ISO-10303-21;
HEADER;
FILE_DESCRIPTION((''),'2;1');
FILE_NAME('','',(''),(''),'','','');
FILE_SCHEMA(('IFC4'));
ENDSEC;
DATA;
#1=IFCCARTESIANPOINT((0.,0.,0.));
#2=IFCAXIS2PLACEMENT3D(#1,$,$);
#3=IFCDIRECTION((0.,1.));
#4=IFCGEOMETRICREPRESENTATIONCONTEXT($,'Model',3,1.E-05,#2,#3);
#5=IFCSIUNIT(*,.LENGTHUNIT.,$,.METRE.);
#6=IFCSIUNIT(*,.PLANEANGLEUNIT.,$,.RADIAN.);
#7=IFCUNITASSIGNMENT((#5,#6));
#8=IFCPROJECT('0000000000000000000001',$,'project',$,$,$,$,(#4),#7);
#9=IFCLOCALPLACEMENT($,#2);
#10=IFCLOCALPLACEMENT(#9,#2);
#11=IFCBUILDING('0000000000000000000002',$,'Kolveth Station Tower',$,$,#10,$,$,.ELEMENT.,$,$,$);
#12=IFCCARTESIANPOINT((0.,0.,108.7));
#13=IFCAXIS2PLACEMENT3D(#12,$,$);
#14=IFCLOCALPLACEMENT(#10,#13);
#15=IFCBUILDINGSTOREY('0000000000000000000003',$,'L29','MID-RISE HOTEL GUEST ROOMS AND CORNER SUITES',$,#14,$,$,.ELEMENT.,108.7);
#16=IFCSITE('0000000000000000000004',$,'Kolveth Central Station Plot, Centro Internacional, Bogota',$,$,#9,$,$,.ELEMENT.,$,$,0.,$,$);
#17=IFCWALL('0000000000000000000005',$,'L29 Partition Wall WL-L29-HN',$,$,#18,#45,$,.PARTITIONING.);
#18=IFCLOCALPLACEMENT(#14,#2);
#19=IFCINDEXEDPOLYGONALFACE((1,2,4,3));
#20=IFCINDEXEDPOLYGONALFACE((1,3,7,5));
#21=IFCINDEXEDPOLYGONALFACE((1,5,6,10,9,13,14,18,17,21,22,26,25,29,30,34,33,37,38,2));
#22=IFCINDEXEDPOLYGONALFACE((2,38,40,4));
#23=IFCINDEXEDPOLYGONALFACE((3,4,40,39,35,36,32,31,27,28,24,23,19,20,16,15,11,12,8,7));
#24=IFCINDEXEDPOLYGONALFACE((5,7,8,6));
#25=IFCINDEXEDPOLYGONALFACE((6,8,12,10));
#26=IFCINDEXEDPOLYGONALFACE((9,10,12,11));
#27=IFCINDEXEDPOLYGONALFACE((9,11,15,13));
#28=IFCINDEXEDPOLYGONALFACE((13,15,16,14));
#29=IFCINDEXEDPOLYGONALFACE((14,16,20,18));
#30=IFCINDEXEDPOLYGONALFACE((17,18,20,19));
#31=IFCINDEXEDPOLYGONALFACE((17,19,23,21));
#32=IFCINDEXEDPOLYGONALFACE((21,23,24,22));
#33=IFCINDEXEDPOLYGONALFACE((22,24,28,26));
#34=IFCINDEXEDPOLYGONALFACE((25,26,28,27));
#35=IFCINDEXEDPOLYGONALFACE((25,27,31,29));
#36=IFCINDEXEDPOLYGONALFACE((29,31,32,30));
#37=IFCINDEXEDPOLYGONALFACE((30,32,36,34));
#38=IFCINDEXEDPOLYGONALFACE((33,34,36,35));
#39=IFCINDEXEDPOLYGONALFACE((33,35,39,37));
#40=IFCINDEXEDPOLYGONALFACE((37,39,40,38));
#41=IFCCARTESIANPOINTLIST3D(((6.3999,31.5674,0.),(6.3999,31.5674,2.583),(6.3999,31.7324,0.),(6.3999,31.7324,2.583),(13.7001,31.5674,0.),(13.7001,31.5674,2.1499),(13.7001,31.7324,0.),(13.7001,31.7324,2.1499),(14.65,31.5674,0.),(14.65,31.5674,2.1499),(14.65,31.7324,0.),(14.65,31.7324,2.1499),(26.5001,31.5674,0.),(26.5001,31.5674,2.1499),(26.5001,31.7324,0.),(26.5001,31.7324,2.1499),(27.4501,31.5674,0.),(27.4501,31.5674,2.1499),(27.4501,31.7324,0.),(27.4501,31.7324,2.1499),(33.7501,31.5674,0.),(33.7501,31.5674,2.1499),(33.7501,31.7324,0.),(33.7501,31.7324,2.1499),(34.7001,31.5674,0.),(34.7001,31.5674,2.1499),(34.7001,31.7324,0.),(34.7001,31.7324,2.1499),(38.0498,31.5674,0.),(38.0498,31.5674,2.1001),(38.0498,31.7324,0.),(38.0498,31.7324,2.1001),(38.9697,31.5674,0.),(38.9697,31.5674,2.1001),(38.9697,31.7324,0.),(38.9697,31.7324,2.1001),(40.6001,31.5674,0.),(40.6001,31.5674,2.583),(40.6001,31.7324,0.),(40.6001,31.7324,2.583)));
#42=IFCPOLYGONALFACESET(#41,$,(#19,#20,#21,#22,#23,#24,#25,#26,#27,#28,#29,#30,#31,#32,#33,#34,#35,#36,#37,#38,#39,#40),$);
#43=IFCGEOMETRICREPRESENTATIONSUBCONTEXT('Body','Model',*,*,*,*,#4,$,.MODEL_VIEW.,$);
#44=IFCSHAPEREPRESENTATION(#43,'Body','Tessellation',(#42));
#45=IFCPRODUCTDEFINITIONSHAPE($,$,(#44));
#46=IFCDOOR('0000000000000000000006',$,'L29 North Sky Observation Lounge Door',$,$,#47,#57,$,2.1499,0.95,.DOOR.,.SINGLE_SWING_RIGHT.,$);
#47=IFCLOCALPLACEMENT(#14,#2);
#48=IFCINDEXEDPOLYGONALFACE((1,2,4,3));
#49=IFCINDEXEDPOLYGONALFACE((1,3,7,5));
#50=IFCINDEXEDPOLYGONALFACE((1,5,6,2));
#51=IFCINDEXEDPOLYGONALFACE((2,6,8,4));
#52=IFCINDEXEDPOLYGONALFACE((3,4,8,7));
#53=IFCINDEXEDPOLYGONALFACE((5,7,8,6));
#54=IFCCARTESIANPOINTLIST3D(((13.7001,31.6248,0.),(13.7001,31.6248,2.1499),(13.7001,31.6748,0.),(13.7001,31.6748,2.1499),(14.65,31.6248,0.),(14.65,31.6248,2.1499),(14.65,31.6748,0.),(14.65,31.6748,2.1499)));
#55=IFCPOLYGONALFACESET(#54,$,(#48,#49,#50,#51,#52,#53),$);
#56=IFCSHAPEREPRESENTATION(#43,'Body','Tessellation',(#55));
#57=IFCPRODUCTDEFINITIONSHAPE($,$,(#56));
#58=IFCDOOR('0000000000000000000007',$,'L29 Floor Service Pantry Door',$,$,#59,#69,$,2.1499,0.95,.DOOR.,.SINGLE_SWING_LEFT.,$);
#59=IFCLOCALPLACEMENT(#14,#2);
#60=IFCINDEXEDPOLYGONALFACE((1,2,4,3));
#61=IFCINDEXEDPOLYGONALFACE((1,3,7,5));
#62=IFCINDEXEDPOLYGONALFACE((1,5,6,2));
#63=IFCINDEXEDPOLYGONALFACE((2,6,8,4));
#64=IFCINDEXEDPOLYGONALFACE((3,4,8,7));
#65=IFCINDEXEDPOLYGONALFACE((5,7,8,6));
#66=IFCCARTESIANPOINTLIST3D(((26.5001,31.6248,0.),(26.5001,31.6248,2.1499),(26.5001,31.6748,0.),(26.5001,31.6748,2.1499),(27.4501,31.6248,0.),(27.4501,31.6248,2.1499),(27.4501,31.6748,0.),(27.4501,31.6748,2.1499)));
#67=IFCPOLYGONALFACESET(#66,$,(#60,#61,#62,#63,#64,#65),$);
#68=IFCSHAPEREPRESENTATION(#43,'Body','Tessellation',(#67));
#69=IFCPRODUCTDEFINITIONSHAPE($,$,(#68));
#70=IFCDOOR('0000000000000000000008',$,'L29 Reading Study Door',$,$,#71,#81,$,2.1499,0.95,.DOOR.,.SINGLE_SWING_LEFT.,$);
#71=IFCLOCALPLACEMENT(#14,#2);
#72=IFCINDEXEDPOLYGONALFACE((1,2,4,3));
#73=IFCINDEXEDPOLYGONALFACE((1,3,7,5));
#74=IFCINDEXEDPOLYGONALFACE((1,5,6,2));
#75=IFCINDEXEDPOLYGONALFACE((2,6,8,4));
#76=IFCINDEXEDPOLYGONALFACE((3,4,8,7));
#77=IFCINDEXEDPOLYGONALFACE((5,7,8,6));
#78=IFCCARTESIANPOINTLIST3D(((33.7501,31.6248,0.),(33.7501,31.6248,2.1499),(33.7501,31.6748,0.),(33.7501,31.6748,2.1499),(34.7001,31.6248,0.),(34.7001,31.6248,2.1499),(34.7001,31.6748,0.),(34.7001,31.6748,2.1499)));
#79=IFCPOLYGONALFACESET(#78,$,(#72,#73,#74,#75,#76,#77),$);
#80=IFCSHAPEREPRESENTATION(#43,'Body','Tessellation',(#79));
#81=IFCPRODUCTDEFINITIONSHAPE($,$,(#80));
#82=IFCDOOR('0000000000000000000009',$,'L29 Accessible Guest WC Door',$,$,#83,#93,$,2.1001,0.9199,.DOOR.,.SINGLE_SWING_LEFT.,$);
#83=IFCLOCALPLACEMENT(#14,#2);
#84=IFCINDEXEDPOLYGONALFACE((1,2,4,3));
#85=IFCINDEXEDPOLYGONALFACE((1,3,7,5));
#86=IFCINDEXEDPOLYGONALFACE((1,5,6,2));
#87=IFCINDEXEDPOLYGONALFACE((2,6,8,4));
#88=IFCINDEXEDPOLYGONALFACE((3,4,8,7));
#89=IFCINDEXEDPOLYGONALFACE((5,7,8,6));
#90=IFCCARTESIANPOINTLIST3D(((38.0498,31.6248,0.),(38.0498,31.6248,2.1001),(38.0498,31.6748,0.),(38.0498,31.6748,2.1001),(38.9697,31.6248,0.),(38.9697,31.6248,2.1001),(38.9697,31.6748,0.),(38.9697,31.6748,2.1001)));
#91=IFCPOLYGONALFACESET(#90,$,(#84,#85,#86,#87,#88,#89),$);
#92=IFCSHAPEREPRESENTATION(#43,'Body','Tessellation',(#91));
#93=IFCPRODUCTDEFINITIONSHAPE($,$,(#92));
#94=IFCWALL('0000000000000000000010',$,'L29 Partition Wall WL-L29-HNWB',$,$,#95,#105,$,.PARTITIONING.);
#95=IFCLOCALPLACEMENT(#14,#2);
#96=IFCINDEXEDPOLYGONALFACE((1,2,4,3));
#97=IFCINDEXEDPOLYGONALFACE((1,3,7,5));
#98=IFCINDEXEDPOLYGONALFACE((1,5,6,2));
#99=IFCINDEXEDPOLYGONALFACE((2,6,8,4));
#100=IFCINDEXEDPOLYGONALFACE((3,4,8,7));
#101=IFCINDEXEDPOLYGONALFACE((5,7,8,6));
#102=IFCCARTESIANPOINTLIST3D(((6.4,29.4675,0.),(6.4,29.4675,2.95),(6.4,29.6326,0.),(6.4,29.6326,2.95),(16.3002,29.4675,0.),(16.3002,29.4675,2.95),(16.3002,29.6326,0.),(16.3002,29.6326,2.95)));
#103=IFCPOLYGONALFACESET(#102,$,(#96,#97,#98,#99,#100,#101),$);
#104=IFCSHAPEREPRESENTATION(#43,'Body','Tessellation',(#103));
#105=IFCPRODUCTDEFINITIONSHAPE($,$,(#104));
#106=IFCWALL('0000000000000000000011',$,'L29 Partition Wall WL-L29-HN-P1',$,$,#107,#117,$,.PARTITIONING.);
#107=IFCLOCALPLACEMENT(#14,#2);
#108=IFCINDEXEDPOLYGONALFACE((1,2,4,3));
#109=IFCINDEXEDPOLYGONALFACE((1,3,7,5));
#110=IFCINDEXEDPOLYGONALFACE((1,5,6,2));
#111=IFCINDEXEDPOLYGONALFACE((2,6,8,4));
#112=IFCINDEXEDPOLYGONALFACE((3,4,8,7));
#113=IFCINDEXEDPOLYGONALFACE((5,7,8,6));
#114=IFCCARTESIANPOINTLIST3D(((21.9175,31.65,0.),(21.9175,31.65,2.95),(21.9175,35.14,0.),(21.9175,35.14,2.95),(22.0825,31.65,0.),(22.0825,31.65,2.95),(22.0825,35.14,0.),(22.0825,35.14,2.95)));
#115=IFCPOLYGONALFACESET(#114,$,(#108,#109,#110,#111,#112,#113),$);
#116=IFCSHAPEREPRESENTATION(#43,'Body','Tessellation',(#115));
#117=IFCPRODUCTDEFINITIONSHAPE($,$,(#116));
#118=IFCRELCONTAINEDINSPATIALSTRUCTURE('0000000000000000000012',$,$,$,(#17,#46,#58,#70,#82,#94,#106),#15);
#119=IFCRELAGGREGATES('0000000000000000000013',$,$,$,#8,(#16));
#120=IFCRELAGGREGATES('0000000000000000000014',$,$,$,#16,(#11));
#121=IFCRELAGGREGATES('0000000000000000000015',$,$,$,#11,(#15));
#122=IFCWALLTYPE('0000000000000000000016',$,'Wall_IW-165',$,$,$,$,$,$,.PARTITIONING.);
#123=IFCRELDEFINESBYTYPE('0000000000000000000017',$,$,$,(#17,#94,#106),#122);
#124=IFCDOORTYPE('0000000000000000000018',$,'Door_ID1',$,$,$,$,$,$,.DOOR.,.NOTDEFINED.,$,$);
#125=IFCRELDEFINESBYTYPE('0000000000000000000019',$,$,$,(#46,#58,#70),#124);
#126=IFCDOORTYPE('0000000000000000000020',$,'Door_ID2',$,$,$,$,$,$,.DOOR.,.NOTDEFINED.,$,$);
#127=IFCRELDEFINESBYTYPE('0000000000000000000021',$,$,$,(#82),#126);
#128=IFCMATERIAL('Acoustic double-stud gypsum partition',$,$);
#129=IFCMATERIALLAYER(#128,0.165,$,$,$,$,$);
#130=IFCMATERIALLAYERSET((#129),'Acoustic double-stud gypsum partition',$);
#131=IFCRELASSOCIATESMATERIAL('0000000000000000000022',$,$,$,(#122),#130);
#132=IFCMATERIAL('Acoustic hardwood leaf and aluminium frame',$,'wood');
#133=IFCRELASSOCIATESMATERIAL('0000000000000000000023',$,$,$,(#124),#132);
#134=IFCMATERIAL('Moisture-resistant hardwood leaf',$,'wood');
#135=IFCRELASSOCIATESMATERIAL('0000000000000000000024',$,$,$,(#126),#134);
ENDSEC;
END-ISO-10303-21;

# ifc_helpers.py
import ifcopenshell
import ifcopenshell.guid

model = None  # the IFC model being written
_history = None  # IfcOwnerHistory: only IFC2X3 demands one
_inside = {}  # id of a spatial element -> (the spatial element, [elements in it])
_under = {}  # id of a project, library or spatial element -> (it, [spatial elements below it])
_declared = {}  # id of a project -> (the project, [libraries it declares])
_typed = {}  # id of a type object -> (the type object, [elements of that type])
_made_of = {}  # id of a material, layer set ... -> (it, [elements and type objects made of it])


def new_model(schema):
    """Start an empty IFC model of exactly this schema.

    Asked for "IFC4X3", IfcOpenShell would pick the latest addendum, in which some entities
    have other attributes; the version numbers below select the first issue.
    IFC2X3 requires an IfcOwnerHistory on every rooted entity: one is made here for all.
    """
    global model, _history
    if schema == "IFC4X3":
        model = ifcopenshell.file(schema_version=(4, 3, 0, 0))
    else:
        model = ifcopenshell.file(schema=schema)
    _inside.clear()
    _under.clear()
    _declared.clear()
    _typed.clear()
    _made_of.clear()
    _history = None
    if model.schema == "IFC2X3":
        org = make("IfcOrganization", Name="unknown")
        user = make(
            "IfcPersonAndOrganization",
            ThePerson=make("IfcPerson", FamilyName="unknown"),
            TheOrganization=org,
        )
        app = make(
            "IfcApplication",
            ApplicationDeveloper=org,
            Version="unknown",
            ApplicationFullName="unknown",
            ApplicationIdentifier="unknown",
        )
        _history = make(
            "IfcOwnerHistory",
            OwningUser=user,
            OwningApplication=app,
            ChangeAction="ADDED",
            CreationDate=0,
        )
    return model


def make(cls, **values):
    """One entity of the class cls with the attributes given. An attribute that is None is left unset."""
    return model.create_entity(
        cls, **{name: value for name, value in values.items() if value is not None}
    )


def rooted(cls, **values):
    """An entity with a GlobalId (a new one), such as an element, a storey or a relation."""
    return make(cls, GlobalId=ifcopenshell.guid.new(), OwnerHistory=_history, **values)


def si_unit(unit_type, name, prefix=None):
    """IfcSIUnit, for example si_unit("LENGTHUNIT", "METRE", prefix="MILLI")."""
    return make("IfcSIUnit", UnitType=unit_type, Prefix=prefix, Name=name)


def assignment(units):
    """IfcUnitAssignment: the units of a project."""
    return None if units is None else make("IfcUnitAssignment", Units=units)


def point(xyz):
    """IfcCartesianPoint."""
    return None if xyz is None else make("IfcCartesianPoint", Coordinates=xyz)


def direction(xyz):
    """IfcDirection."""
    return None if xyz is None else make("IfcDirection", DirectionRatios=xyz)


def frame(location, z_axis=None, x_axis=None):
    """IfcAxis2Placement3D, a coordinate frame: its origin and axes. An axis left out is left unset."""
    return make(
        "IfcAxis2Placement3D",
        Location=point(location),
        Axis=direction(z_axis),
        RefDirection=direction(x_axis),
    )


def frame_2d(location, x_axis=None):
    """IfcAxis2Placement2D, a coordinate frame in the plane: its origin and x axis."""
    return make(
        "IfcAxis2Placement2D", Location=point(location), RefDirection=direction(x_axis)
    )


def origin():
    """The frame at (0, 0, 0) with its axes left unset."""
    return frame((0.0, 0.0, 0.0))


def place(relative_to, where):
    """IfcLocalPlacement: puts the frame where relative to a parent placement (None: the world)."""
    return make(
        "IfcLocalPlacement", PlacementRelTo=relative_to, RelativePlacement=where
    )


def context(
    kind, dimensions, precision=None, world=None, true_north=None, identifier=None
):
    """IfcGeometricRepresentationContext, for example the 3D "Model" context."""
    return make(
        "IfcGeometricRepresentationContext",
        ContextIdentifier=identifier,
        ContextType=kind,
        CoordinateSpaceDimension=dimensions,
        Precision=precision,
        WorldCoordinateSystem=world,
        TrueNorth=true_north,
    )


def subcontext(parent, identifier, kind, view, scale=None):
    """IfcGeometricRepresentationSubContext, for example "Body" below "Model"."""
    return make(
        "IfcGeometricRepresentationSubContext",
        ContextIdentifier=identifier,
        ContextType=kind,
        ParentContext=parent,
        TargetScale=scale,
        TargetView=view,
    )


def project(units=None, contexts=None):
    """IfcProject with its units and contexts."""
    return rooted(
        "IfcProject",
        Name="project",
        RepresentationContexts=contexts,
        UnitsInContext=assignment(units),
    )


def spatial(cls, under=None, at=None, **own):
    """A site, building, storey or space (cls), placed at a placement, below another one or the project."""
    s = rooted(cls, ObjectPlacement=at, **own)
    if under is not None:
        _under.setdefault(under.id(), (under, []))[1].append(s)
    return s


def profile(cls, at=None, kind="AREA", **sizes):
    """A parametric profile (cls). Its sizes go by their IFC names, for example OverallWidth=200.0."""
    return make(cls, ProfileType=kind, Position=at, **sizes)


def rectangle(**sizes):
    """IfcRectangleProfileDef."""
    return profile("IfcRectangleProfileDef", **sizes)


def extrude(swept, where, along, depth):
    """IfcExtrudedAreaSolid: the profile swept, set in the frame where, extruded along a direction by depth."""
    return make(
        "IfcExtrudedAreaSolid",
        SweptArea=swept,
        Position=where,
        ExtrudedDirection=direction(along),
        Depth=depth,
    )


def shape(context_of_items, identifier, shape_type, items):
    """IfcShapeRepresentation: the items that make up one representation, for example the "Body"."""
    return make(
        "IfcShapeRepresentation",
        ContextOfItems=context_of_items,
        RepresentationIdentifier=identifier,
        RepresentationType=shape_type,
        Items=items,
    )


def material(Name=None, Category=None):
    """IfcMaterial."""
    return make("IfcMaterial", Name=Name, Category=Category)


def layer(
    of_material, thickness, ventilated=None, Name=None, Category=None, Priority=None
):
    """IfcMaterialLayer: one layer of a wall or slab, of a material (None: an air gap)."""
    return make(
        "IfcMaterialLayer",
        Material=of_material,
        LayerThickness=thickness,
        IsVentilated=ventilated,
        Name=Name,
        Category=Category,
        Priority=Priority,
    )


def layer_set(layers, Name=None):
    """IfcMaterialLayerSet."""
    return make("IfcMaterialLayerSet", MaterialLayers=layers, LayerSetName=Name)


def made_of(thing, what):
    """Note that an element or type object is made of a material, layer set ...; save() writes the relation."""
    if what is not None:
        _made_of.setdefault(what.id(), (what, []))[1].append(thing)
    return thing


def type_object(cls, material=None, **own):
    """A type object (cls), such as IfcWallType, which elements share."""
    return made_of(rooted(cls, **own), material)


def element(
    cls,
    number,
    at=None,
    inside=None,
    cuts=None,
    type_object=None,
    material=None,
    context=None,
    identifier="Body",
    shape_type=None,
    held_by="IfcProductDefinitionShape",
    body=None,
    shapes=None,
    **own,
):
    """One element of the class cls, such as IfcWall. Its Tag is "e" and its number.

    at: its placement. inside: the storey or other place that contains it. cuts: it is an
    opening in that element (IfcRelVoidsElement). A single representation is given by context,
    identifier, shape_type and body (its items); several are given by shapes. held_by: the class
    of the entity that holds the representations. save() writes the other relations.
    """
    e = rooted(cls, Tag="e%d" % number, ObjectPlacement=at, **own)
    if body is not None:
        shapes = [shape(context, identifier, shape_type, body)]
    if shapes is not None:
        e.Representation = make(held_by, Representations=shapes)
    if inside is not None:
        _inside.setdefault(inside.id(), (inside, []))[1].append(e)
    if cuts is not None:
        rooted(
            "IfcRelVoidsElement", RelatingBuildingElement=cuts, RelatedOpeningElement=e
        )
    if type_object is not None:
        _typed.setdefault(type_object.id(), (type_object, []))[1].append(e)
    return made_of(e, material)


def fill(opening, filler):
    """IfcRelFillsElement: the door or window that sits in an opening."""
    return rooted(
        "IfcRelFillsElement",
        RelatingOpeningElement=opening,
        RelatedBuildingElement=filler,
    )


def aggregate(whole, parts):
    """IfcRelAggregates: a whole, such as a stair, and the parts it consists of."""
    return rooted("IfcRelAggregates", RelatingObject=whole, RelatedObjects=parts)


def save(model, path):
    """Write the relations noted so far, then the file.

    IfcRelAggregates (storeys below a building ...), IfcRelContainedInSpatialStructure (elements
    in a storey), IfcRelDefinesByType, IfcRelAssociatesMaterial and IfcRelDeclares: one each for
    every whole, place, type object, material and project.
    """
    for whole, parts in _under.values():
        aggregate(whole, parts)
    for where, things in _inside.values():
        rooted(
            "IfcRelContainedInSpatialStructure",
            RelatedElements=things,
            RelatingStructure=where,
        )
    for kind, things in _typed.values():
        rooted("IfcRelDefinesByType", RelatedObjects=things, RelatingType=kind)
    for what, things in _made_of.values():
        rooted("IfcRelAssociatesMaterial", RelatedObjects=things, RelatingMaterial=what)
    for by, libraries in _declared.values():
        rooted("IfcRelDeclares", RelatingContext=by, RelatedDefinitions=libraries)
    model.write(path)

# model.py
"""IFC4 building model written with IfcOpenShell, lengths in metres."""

from ifc_helpers import new_model, si_unit, direction, frame, frame_2d, origin, place, context, subcontext, project, spatial, rectangle, extrude, material, layer, layer_set, type_object, element, fill, save


model = new_model("IFC4")

# Units and contexts
model_context = context("Model", 3, precision=1e-05, world=origin(), true_north=direction((0.0, 1.0)))
body_context = subcontext(model_context, "Body", "Model", "MODEL_VIEW")
ifc_project = project(units=[si_unit("LENGTHUNIT", "METRE"), si_unit("PLANEANGLEUNIT", "RADIAN")], contexts=[model_context])

# Site, building, storey
site_placement = place(None, origin())
site = spatial("IfcSite", under=ifc_project, at=site_placement, Name="Kolveth Central Station Plot, Centro Internacional, Bogota", CompositionType="ELEMENT", RefElevation=0.0)
building_placement = place(site_placement, origin())
building = spatial("IfcBuilding", under=site, at=building_placement, Name="Kolveth Station Tower", CompositionType="ELEMENT")
storey_placement = place(building_placement, frame((0.0, 0.0, 108.7)))
storey = spatial("IfcBuildingStorey", under=building, at=storey_placement, Name="L29", Description="MID-RISE HOTEL GUEST ROOMS AND CORNER SUITES", CompositionType="ELEMENT", Elevation=108.7)

# Shared definitions
ifc_material_1 = material(Name="Acoustic double-stud gypsum partition")
ifc_layer_1 = layer(ifc_material_1, 0.165)
ifc_layer_set_1 = layer_set([ifc_layer_1], Name="Acoustic double-stud gypsum partition")
wall_type_1 = type_object("IfcWallType", Name="Wall_IW-165", PredefinedType="PARTITIONING", material=ifc_layer_set_1)

# Wall, openings, doors
wall_1_placement = place(storey_placement, frame((6.3999, 31.6499, 0.0), z_axis=(0.0, 0.0, 1.0), x_axis=(1.0, 0.0, 0.0)))
wall_1 = element("IfcWall", 1, at=wall_1_placement, inside=storey, type_object=wall_type_1, Name="L29 Partition Wall WL-L29-HN", PredefinedType="PARTITIONING", context=body_context, shape_type="SweptSolid", body=[
    extrude(rectangle(XDim=34.2002, YDim=0.165, at=frame_2d((17.1001, 0.0))), origin(), (0.0, 0.0, 1.0), 2.583),
])
opening_1_placement = place(wall_1_placement, frame((7.3, 0.0, 0.0)))
opening_1 = element("IfcOpeningElement", 2, at=opening_1_placement, cuts=wall_1, PredefinedType="OPENING", context=body_context, shape_type="SweptSolid", body=[
    extrude(rectangle(XDim=0.95, YDim=2.1499, at=frame_2d((0.4751, 1.075))), frame((0.0, 0.0925, 0.0), z_axis=(0.0, -1.0, 0.0), x_axis=(1.0, 0.0, 0.0)), (0.0, 0.0, 1.0), 0.1851),
])
opening_2_placement = place(wall_1_placement, frame((20.1001, 0.0, 0.0)))
opening_2 = element("IfcOpeningElement", 3, at=opening_2_placement, cuts=wall_1, PredefinedType="OPENING", context=body_context, shape_type="SweptSolid", body=[
    extrude(rectangle(XDim=0.95, YDim=2.1499, at=frame_2d((0.4751, 1.075))), frame((0.0, 0.0925, 0.0), z_axis=(0.0, -1.0, 0.0), x_axis=(1.0, 0.0, 0.0)), (0.0, 0.0, 1.0), 0.1851),
])
opening_3_placement = place(wall_1_placement, frame((27.3501, 0.0, 0.0)))
opening_3 = element("IfcOpeningElement", 4, at=opening_3_placement, cuts=wall_1, PredefinedType="OPENING", context=body_context, shape_type="SweptSolid", body=[
    extrude(rectangle(XDim=0.95, YDim=2.1499, at=frame_2d((0.4751, 1.075))), frame((0.0, 0.0925, 0.0), z_axis=(0.0, -1.0, 0.0), x_axis=(1.0, 0.0, 0.0)), (0.0, 0.0, 1.0), 0.1851),
])
opening_4_placement = place(wall_1_placement, frame((31.6499, 0.0, 0.0)))
opening_4 = element("IfcOpeningElement", 5, at=opening_4_placement, cuts=wall_1, PredefinedType="OPENING", context=body_context, shape_type="SweptSolid", body=[
    extrude(rectangle(XDim=0.9199, YDim=2.1001, at=frame_2d((0.46, 1.05))), frame((0.0, 0.0925, 0.0), z_axis=(0.0, -1.0, 0.0), x_axis=(1.0, 0.0, 0.0)), (0.0, 0.0, 1.0), 0.1851),
])
ifc_material_2 = material(Name="Acoustic hardwood leaf and aluminium frame", Category="wood")
door_type_1 = type_object("IfcDoorType", Name="Door_ID1", OperationType="NOTDEFINED", PredefinedType="DOOR", material=ifc_material_2)
door_1_placement = place(opening_1_placement, origin())
door_1 = element("IfcDoor", 6, at=door_1_placement, inside=storey, type_object=door_type_1, Name="L29 North Sky Observation Lounge Door", OperationType="SINGLE_SWING_RIGHT", OverallHeight=2.1499, OverallWidth=0.95, PredefinedType="DOOR", context=body_context, shape_type="SweptSolid", body=[
    extrude(rectangle(XDim=0.95, YDim=2.1499, at=frame_2d((0.4751, 1.075))), frame((0.0, 0.0249, 0.0), z_axis=(0.0, -1.0, 0.0), x_axis=(1.0, 0.0, 0.0)), (0.0, 0.0, 1.0), 0.05),
])
fill(opening_1, door_1)
door_2_placement = place(opening_2_placement, origin())
door_2 = element("IfcDoor", 7, at=door_2_placement, inside=storey, type_object=door_type_1, Name="L29 Floor Service Pantry Door", OperationType="SINGLE_SWING_LEFT", OverallHeight=2.1499, OverallWidth=0.95, PredefinedType="DOOR", context=body_context, shape_type="SweptSolid", body=[
    extrude(rectangle(XDim=0.95, YDim=2.1499, at=frame_2d((0.4751, 1.075))), frame((0.0, 0.0249, 0.0), z_axis=(0.0, -1.0, 0.0), x_axis=(1.0, 0.0, 0.0)), (0.0, 0.0, 1.0), 0.05),
])
fill(opening_2, door_2)
door_3_placement = place(opening_3_placement, origin())
door_3 = element("IfcDoor", 8, at=door_3_placement, inside=storey, type_object=door_type_1, Name="L29 Reading Study Door", OperationType="SINGLE_SWING_LEFT", OverallHeight=2.1499, OverallWidth=0.95, PredefinedType="DOOR", context=body_context, shape_type="SweptSolid", body=[
    extrude(rectangle(XDim=0.95, YDim=2.1499, at=frame_2d((0.4751, 1.075))), frame((0.0, 0.0249, 0.0), z_axis=(0.0, -1.0, 0.0), x_axis=(1.0, 0.0, 0.0)), (0.0, 0.0, 1.0), 0.05),
])
fill(opening_3, door_3)
ifc_material_3 = material(Name="Moisture-resistant hardwood leaf", Category="wood")
door_type_2 = type_object("IfcDoorType", Name="Door_ID2", OperationType="NOTDEFINED", PredefinedType="DOOR", material=ifc_material_3)
door_4_placement = place(opening_4_placement, origin())
door_4 = element("IfcDoor", 9, at=door_4_placement, inside=storey, type_object=door_type_2, Name="L29 Accessible Guest WC Door", OperationType="SINGLE_SWING_LEFT", OverallHeight=2.1001, OverallWidth=0.9199, PredefinedType="DOOR", context=body_context, shape_type="SweptSolid", body=[
    extrude(rectangle(XDim=0.9199, YDim=2.1001, at=frame_2d((0.46, 1.05))), frame((0.0, 0.0249, 0.0), z_axis=(0.0, -1.0, 0.0), x_axis=(1.0, 0.0, 0.0)), (0.0, 0.0, 1.0), 0.05),
])
fill(opening_4, door_4)

# Wall
wall_2_placement = place(storey_placement, frame((6.3999, 29.55, 0.0), z_axis=(0.0, 0.0, 1.0), x_axis=(1.0, 0.0, 0.0)))
element("IfcWall", 10, at=wall_2_placement, inside=storey, type_object=wall_type_1, Name="L29 Partition Wall WL-L29-HNWB", PredefinedType="PARTITIONING", context=body_context, shape_type="SweptSolid", body=[
    extrude(rectangle(XDim=9.9001, YDim=0.165, at=frame_2d((4.9502, 0.0))), origin(), (0.0, 0.0, 1.0), 2.95),
])

# Wall
wall_3_placement = place(storey_placement, frame((22.0, 31.6499, 0.0), z_axis=(0.0, 0.0, 1.0), x_axis=(0.0, 1.0, 0.0)))
element("IfcWall", 11, at=wall_3_placement, inside=storey, type_object=wall_type_1, Name="L29 Partition Wall WL-L29-HN-P1", PredefinedType="PARTITIONING", context=body_context, shape_type="SweptSolid", body=[
    extrude(rectangle(XDim=3.49, YDim=0.165, at=frame_2d((1.7451, 0.0))), origin(), (0.0, 0.0, 1.0), 2.95),
])

save(model, "model.ifc")
